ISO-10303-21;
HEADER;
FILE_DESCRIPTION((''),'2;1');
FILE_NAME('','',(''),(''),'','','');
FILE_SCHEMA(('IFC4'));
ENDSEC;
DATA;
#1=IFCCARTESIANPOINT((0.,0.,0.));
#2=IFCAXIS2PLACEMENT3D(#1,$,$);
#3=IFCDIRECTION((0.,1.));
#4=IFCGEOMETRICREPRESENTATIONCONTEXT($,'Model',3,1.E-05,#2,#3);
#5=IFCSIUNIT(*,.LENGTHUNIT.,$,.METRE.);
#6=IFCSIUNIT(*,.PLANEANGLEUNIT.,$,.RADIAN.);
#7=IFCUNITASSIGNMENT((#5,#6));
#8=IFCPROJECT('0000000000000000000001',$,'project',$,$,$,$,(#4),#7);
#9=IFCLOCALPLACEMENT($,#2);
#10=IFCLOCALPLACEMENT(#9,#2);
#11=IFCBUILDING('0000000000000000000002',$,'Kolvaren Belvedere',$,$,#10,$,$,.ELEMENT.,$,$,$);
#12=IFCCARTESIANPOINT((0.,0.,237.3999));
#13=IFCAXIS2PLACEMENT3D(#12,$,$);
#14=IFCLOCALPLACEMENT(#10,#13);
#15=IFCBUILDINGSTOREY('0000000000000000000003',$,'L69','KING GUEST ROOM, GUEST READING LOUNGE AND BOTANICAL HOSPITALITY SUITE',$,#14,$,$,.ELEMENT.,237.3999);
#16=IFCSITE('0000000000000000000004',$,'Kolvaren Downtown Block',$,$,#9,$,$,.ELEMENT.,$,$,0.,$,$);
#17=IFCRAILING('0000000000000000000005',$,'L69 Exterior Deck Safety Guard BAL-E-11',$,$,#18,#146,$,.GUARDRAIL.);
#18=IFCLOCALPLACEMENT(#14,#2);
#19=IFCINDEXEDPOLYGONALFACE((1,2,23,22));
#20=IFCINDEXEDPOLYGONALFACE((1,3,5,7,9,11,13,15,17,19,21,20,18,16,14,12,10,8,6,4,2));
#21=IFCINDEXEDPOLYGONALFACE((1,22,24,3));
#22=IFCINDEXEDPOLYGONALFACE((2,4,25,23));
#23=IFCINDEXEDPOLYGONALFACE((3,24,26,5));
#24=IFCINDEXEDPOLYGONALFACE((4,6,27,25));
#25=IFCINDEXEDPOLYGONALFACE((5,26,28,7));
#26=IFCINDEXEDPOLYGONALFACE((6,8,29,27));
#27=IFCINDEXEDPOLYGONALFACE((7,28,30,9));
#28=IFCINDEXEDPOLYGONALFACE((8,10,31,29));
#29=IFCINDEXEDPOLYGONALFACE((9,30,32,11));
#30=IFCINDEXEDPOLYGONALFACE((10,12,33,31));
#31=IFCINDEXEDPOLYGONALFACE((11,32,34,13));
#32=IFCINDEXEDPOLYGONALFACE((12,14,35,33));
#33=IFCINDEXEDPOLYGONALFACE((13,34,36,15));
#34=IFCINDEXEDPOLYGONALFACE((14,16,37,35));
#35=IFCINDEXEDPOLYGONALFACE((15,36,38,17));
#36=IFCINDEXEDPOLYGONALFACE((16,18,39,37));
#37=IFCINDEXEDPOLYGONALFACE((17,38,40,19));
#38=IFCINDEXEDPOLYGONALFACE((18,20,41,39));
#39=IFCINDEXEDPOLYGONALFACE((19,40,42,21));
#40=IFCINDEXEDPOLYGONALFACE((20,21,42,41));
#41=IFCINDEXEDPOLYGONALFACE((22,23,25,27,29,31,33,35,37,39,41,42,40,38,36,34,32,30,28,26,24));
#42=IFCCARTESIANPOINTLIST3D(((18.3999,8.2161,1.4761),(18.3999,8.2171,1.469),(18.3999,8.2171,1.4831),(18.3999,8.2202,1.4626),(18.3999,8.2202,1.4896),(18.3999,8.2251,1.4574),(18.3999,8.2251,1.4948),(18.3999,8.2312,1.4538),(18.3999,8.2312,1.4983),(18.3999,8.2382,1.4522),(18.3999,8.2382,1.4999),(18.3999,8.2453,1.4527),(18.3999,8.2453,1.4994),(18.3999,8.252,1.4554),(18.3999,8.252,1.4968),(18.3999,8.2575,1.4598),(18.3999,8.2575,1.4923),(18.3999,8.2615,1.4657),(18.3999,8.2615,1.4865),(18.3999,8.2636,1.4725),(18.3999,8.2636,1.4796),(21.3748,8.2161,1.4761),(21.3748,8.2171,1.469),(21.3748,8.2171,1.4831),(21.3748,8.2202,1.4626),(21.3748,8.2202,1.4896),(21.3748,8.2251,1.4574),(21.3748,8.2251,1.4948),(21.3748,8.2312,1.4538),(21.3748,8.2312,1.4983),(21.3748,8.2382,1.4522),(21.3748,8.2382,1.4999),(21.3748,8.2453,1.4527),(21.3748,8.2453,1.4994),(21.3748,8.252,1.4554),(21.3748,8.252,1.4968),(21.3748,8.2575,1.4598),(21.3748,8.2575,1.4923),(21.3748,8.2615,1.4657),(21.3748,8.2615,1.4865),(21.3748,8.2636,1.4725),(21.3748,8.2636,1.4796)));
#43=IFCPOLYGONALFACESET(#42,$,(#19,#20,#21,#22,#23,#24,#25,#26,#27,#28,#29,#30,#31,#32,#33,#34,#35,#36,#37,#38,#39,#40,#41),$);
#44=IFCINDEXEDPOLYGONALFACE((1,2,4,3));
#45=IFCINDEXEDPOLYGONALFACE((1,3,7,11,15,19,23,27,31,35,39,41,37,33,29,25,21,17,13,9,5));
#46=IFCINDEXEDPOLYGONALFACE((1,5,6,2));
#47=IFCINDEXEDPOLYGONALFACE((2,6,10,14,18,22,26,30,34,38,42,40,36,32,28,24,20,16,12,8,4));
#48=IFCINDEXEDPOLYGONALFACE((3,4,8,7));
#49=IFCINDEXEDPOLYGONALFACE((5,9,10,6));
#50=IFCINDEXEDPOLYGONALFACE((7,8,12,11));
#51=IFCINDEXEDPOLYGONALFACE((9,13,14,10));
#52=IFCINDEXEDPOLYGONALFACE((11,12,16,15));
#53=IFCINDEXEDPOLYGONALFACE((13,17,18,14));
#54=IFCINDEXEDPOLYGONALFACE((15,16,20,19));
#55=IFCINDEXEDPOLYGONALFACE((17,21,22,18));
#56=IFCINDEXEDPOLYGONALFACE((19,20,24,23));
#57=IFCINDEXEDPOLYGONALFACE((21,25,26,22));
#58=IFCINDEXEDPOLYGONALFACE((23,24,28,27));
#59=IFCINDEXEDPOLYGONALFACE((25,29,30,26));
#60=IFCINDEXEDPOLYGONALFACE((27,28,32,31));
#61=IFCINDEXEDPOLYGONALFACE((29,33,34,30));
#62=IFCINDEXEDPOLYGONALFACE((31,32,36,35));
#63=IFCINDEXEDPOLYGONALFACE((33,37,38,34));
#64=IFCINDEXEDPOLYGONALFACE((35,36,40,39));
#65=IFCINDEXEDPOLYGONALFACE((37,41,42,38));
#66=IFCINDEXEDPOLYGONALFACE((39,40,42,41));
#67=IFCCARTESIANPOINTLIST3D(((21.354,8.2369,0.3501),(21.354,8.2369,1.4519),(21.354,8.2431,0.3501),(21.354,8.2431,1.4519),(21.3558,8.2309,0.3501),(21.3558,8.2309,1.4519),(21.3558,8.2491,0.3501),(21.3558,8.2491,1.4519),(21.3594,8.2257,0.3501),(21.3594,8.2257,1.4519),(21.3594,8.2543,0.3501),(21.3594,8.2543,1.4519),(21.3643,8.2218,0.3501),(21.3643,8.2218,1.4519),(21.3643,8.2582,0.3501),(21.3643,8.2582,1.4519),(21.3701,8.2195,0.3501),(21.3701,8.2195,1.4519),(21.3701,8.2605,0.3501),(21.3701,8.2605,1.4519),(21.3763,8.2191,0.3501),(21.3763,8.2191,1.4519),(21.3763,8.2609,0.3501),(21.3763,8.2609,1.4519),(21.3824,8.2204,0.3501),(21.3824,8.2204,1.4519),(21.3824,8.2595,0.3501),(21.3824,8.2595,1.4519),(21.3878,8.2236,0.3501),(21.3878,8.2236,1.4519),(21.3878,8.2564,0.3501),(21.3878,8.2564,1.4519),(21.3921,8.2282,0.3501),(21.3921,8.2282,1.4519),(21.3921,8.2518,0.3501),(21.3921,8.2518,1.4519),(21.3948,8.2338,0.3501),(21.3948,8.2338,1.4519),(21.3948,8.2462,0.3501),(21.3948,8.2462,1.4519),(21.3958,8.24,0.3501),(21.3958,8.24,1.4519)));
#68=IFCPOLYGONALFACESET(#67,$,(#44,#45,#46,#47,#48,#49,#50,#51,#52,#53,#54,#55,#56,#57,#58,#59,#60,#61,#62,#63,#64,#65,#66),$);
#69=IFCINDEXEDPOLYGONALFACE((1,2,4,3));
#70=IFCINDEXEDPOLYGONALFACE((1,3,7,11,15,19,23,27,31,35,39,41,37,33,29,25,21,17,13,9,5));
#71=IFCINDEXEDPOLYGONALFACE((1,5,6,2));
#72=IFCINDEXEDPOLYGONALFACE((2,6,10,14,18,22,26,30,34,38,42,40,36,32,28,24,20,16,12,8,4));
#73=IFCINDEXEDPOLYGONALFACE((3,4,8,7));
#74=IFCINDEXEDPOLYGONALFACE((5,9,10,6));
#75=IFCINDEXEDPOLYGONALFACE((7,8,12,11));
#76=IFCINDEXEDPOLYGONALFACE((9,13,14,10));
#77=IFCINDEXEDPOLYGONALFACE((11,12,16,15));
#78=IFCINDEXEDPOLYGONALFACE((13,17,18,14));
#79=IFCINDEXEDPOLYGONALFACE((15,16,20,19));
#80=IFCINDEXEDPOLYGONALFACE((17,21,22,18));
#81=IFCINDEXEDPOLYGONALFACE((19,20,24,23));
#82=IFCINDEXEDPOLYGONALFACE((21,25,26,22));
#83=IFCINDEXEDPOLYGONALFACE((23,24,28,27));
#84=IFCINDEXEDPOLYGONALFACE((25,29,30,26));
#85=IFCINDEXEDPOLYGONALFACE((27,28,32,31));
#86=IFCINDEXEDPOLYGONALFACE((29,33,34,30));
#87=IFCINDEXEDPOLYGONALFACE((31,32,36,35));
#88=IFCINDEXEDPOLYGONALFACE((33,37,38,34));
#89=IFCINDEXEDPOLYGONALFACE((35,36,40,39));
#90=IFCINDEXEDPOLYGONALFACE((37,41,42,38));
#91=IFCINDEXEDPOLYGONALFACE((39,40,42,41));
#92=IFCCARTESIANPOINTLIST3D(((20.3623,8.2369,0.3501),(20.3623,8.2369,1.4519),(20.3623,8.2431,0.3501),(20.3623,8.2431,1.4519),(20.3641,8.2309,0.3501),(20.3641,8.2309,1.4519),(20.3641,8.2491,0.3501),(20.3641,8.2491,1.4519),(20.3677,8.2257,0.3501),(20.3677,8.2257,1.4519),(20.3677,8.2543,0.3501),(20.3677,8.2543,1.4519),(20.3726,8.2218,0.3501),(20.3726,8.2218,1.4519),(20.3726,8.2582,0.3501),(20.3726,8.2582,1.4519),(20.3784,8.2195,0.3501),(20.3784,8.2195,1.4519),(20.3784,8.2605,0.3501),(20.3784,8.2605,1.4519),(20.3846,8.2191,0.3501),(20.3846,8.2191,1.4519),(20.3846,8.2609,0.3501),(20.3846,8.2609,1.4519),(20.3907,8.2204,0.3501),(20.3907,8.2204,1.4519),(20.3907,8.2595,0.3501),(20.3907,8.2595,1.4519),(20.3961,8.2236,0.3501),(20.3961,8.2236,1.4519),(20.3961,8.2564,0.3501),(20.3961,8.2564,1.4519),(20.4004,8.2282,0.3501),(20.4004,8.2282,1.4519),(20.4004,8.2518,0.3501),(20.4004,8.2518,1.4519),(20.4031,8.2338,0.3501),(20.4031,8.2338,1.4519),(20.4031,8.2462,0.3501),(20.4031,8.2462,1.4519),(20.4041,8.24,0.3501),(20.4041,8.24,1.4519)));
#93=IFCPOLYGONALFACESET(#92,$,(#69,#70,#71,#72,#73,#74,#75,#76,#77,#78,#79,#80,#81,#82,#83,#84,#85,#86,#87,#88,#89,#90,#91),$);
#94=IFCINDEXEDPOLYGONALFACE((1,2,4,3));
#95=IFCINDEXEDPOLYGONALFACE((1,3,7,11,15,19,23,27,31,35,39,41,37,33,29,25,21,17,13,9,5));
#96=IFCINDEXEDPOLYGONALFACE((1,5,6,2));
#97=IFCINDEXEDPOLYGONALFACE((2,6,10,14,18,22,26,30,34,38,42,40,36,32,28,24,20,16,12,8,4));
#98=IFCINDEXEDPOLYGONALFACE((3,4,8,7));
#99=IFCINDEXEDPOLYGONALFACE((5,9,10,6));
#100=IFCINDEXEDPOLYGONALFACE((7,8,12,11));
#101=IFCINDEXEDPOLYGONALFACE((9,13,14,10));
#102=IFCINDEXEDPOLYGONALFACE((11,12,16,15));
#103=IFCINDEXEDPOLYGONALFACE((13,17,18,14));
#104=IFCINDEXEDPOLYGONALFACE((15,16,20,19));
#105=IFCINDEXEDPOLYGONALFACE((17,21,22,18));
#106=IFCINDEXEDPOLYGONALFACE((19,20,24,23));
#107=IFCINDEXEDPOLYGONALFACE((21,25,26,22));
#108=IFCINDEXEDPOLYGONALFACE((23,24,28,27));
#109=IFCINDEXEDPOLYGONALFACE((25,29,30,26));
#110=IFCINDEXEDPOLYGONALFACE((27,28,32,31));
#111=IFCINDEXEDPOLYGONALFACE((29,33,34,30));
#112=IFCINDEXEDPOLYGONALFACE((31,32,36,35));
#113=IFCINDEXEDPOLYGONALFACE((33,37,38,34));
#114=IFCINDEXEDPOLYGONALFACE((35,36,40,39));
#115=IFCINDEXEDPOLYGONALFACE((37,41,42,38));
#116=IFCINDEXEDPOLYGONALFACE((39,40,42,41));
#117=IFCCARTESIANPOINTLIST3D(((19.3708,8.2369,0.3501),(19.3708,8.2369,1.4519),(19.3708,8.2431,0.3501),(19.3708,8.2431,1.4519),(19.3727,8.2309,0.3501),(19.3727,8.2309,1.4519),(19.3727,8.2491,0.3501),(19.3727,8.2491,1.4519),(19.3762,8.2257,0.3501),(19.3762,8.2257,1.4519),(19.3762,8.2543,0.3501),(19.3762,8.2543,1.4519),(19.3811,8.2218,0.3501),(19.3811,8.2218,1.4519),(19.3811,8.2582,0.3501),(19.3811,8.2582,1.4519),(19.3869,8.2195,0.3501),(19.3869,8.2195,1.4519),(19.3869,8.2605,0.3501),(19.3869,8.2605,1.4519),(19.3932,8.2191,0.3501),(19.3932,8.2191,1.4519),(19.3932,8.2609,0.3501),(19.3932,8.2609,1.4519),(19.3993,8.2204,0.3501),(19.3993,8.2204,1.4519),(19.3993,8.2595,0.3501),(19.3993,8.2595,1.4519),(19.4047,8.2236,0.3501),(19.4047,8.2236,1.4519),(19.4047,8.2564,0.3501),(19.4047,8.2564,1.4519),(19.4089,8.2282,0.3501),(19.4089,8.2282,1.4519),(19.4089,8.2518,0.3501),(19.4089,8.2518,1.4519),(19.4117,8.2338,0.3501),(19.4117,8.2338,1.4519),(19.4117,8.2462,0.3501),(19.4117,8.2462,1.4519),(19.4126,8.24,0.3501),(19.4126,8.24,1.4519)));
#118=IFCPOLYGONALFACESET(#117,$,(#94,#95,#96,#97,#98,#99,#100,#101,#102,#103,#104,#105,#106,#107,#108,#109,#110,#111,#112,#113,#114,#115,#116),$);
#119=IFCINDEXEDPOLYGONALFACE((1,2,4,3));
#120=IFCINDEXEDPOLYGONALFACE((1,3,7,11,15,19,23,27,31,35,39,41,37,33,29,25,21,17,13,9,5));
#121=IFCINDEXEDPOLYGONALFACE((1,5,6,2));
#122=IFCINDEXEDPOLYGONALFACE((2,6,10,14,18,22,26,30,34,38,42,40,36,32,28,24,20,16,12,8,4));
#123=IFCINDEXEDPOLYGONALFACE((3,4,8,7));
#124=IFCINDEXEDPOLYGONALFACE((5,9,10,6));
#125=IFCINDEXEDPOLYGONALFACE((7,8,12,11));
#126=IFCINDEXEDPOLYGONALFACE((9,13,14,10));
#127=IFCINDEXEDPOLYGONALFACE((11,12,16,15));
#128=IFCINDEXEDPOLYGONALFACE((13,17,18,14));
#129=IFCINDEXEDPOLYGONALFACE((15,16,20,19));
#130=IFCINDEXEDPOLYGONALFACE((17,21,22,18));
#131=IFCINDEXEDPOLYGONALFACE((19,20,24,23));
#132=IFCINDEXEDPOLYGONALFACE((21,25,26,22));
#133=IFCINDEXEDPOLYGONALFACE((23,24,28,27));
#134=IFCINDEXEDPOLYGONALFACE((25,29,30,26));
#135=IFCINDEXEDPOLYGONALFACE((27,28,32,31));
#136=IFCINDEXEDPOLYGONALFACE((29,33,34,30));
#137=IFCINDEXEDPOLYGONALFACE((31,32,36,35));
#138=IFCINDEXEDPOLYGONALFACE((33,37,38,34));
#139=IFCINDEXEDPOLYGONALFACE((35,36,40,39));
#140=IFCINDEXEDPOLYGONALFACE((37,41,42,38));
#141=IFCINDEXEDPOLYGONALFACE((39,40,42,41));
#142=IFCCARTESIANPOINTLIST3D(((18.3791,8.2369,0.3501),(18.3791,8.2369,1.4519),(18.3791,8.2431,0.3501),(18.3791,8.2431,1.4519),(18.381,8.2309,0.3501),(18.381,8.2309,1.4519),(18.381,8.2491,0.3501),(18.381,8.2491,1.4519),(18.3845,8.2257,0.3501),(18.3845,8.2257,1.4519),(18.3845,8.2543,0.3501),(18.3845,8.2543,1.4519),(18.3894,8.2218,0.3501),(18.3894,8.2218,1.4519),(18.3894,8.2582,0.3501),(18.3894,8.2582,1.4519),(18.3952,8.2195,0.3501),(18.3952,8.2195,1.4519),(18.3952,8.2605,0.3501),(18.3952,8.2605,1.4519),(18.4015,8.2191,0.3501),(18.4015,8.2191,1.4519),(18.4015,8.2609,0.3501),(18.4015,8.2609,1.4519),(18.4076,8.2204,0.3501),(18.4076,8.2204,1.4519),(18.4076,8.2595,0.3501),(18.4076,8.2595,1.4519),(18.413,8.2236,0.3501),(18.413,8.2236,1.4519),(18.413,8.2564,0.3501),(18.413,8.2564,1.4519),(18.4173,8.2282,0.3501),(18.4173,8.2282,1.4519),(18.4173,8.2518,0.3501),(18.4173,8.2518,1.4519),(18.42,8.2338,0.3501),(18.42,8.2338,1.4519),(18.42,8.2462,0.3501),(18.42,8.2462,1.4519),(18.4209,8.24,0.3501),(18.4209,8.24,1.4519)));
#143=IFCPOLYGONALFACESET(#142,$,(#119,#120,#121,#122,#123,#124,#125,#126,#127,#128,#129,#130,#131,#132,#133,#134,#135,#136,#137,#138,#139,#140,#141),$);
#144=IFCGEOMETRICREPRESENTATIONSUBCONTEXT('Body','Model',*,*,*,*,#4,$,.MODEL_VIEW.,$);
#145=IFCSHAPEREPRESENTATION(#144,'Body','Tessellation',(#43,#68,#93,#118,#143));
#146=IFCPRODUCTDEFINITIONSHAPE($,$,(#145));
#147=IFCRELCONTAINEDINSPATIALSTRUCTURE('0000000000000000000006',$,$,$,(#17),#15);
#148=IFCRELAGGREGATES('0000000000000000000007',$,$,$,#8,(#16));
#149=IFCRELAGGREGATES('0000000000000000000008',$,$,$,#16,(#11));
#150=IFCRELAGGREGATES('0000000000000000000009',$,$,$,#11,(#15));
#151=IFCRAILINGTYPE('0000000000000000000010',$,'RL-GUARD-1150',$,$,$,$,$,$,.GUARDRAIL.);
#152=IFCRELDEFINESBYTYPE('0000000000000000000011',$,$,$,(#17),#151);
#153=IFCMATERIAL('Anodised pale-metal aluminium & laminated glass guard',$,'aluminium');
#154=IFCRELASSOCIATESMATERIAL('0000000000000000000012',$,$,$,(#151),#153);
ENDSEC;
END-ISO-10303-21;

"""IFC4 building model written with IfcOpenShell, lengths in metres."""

from ifc_helpers import new_model, si_unit, direction, frame, origin, origin_2d, place, context, subcontext, project, spatial, circle, extrude, material, type_object, element, save


model = new_model("IFC4")

# Units and contexts
model_context = context("Model", 3, precision=1e-05, world=origin(), true_north=direction((0.0, 1.0)))
body_context = subcontext(model_context, "Body", "Model", "MODEL_VIEW")
ifc_project = project(units=[si_unit("LENGTHUNIT", "METRE"), si_unit("PLANEANGLEUNIT", "RADIAN")], contexts=[model_context])

# Site, building, storey
site_placement = place(None, origin())
site = spatial("IfcSite", under=ifc_project, at=site_placement, Name="Kolvaren Downtown Block", CompositionType="ELEMENT", RefElevation=0.0)
building_placement = place(site_placement, origin())
building = spatial("IfcBuilding", under=site, at=building_placement, Name="Kolvaren Belvedere", CompositionType="ELEMENT")
storey_placement = place(building_placement, frame((0.0, 0.0, 237.3999)))
storey = spatial("IfcBuildingStorey", under=building, at=storey_placement, Name="L69", Description="KING GUEST ROOM, GUEST READING LOUNGE AND BOTANICAL HOSPITALITY SUITE", CompositionType="ELEMENT", Elevation=237.3999)

# Railing
ifc_material_1 = material(Name="Anodised pale-metal aluminium & laminated glass guard", Category="aluminium")
railing_type = type_object("IfcRailingType", Name="RL-GUARD-1150", PredefinedType="GUARDRAIL", material=ifc_material_1)
railing_1_placement = place(storey_placement, frame((21.3748, 8.24, 0.3501)))
element("IfcRailing", 1, at=railing_1_placement, inside=storey, type_object=railing_type, Name="L69 Exterior Deck Safety Guard BAL-E-11", PredefinedType="GUARDRAIL", context=body_context, shape_type="SweptSolid", body=[
    extrude(circle(Radius=0.0239, at=origin_2d()), frame((0.0, 0.0, 1.126), z_axis=(-1.0, 0.0, 0.0), x_axis=(0.0, -1.0, 0.0)), (0.0, 0.0, 1.0), 2.9749),
    extrude(circle(Radius=0.021, at=origin_2d()), origin(), (0.0, 0.0, 1.0), 1.1018),
    extrude(circle(Radius=0.021, at=origin_2d()), frame((-0.9917, 0.0, 0.0)), (0.0, 0.0, 1.0), 1.1018),
    extrude(circle(Radius=0.021, at=origin_2d()), frame((-1.9832, 0.0, 0.0)), (0.0, 0.0, 1.0), 1.1018),
    extrude(circle(Radius=0.021, at=origin_2d()), frame((-2.9749, 0.0, 0.0)), (0.0, 0.0, 1.0), 1.1018),
])

save(model, "model.ifc")
